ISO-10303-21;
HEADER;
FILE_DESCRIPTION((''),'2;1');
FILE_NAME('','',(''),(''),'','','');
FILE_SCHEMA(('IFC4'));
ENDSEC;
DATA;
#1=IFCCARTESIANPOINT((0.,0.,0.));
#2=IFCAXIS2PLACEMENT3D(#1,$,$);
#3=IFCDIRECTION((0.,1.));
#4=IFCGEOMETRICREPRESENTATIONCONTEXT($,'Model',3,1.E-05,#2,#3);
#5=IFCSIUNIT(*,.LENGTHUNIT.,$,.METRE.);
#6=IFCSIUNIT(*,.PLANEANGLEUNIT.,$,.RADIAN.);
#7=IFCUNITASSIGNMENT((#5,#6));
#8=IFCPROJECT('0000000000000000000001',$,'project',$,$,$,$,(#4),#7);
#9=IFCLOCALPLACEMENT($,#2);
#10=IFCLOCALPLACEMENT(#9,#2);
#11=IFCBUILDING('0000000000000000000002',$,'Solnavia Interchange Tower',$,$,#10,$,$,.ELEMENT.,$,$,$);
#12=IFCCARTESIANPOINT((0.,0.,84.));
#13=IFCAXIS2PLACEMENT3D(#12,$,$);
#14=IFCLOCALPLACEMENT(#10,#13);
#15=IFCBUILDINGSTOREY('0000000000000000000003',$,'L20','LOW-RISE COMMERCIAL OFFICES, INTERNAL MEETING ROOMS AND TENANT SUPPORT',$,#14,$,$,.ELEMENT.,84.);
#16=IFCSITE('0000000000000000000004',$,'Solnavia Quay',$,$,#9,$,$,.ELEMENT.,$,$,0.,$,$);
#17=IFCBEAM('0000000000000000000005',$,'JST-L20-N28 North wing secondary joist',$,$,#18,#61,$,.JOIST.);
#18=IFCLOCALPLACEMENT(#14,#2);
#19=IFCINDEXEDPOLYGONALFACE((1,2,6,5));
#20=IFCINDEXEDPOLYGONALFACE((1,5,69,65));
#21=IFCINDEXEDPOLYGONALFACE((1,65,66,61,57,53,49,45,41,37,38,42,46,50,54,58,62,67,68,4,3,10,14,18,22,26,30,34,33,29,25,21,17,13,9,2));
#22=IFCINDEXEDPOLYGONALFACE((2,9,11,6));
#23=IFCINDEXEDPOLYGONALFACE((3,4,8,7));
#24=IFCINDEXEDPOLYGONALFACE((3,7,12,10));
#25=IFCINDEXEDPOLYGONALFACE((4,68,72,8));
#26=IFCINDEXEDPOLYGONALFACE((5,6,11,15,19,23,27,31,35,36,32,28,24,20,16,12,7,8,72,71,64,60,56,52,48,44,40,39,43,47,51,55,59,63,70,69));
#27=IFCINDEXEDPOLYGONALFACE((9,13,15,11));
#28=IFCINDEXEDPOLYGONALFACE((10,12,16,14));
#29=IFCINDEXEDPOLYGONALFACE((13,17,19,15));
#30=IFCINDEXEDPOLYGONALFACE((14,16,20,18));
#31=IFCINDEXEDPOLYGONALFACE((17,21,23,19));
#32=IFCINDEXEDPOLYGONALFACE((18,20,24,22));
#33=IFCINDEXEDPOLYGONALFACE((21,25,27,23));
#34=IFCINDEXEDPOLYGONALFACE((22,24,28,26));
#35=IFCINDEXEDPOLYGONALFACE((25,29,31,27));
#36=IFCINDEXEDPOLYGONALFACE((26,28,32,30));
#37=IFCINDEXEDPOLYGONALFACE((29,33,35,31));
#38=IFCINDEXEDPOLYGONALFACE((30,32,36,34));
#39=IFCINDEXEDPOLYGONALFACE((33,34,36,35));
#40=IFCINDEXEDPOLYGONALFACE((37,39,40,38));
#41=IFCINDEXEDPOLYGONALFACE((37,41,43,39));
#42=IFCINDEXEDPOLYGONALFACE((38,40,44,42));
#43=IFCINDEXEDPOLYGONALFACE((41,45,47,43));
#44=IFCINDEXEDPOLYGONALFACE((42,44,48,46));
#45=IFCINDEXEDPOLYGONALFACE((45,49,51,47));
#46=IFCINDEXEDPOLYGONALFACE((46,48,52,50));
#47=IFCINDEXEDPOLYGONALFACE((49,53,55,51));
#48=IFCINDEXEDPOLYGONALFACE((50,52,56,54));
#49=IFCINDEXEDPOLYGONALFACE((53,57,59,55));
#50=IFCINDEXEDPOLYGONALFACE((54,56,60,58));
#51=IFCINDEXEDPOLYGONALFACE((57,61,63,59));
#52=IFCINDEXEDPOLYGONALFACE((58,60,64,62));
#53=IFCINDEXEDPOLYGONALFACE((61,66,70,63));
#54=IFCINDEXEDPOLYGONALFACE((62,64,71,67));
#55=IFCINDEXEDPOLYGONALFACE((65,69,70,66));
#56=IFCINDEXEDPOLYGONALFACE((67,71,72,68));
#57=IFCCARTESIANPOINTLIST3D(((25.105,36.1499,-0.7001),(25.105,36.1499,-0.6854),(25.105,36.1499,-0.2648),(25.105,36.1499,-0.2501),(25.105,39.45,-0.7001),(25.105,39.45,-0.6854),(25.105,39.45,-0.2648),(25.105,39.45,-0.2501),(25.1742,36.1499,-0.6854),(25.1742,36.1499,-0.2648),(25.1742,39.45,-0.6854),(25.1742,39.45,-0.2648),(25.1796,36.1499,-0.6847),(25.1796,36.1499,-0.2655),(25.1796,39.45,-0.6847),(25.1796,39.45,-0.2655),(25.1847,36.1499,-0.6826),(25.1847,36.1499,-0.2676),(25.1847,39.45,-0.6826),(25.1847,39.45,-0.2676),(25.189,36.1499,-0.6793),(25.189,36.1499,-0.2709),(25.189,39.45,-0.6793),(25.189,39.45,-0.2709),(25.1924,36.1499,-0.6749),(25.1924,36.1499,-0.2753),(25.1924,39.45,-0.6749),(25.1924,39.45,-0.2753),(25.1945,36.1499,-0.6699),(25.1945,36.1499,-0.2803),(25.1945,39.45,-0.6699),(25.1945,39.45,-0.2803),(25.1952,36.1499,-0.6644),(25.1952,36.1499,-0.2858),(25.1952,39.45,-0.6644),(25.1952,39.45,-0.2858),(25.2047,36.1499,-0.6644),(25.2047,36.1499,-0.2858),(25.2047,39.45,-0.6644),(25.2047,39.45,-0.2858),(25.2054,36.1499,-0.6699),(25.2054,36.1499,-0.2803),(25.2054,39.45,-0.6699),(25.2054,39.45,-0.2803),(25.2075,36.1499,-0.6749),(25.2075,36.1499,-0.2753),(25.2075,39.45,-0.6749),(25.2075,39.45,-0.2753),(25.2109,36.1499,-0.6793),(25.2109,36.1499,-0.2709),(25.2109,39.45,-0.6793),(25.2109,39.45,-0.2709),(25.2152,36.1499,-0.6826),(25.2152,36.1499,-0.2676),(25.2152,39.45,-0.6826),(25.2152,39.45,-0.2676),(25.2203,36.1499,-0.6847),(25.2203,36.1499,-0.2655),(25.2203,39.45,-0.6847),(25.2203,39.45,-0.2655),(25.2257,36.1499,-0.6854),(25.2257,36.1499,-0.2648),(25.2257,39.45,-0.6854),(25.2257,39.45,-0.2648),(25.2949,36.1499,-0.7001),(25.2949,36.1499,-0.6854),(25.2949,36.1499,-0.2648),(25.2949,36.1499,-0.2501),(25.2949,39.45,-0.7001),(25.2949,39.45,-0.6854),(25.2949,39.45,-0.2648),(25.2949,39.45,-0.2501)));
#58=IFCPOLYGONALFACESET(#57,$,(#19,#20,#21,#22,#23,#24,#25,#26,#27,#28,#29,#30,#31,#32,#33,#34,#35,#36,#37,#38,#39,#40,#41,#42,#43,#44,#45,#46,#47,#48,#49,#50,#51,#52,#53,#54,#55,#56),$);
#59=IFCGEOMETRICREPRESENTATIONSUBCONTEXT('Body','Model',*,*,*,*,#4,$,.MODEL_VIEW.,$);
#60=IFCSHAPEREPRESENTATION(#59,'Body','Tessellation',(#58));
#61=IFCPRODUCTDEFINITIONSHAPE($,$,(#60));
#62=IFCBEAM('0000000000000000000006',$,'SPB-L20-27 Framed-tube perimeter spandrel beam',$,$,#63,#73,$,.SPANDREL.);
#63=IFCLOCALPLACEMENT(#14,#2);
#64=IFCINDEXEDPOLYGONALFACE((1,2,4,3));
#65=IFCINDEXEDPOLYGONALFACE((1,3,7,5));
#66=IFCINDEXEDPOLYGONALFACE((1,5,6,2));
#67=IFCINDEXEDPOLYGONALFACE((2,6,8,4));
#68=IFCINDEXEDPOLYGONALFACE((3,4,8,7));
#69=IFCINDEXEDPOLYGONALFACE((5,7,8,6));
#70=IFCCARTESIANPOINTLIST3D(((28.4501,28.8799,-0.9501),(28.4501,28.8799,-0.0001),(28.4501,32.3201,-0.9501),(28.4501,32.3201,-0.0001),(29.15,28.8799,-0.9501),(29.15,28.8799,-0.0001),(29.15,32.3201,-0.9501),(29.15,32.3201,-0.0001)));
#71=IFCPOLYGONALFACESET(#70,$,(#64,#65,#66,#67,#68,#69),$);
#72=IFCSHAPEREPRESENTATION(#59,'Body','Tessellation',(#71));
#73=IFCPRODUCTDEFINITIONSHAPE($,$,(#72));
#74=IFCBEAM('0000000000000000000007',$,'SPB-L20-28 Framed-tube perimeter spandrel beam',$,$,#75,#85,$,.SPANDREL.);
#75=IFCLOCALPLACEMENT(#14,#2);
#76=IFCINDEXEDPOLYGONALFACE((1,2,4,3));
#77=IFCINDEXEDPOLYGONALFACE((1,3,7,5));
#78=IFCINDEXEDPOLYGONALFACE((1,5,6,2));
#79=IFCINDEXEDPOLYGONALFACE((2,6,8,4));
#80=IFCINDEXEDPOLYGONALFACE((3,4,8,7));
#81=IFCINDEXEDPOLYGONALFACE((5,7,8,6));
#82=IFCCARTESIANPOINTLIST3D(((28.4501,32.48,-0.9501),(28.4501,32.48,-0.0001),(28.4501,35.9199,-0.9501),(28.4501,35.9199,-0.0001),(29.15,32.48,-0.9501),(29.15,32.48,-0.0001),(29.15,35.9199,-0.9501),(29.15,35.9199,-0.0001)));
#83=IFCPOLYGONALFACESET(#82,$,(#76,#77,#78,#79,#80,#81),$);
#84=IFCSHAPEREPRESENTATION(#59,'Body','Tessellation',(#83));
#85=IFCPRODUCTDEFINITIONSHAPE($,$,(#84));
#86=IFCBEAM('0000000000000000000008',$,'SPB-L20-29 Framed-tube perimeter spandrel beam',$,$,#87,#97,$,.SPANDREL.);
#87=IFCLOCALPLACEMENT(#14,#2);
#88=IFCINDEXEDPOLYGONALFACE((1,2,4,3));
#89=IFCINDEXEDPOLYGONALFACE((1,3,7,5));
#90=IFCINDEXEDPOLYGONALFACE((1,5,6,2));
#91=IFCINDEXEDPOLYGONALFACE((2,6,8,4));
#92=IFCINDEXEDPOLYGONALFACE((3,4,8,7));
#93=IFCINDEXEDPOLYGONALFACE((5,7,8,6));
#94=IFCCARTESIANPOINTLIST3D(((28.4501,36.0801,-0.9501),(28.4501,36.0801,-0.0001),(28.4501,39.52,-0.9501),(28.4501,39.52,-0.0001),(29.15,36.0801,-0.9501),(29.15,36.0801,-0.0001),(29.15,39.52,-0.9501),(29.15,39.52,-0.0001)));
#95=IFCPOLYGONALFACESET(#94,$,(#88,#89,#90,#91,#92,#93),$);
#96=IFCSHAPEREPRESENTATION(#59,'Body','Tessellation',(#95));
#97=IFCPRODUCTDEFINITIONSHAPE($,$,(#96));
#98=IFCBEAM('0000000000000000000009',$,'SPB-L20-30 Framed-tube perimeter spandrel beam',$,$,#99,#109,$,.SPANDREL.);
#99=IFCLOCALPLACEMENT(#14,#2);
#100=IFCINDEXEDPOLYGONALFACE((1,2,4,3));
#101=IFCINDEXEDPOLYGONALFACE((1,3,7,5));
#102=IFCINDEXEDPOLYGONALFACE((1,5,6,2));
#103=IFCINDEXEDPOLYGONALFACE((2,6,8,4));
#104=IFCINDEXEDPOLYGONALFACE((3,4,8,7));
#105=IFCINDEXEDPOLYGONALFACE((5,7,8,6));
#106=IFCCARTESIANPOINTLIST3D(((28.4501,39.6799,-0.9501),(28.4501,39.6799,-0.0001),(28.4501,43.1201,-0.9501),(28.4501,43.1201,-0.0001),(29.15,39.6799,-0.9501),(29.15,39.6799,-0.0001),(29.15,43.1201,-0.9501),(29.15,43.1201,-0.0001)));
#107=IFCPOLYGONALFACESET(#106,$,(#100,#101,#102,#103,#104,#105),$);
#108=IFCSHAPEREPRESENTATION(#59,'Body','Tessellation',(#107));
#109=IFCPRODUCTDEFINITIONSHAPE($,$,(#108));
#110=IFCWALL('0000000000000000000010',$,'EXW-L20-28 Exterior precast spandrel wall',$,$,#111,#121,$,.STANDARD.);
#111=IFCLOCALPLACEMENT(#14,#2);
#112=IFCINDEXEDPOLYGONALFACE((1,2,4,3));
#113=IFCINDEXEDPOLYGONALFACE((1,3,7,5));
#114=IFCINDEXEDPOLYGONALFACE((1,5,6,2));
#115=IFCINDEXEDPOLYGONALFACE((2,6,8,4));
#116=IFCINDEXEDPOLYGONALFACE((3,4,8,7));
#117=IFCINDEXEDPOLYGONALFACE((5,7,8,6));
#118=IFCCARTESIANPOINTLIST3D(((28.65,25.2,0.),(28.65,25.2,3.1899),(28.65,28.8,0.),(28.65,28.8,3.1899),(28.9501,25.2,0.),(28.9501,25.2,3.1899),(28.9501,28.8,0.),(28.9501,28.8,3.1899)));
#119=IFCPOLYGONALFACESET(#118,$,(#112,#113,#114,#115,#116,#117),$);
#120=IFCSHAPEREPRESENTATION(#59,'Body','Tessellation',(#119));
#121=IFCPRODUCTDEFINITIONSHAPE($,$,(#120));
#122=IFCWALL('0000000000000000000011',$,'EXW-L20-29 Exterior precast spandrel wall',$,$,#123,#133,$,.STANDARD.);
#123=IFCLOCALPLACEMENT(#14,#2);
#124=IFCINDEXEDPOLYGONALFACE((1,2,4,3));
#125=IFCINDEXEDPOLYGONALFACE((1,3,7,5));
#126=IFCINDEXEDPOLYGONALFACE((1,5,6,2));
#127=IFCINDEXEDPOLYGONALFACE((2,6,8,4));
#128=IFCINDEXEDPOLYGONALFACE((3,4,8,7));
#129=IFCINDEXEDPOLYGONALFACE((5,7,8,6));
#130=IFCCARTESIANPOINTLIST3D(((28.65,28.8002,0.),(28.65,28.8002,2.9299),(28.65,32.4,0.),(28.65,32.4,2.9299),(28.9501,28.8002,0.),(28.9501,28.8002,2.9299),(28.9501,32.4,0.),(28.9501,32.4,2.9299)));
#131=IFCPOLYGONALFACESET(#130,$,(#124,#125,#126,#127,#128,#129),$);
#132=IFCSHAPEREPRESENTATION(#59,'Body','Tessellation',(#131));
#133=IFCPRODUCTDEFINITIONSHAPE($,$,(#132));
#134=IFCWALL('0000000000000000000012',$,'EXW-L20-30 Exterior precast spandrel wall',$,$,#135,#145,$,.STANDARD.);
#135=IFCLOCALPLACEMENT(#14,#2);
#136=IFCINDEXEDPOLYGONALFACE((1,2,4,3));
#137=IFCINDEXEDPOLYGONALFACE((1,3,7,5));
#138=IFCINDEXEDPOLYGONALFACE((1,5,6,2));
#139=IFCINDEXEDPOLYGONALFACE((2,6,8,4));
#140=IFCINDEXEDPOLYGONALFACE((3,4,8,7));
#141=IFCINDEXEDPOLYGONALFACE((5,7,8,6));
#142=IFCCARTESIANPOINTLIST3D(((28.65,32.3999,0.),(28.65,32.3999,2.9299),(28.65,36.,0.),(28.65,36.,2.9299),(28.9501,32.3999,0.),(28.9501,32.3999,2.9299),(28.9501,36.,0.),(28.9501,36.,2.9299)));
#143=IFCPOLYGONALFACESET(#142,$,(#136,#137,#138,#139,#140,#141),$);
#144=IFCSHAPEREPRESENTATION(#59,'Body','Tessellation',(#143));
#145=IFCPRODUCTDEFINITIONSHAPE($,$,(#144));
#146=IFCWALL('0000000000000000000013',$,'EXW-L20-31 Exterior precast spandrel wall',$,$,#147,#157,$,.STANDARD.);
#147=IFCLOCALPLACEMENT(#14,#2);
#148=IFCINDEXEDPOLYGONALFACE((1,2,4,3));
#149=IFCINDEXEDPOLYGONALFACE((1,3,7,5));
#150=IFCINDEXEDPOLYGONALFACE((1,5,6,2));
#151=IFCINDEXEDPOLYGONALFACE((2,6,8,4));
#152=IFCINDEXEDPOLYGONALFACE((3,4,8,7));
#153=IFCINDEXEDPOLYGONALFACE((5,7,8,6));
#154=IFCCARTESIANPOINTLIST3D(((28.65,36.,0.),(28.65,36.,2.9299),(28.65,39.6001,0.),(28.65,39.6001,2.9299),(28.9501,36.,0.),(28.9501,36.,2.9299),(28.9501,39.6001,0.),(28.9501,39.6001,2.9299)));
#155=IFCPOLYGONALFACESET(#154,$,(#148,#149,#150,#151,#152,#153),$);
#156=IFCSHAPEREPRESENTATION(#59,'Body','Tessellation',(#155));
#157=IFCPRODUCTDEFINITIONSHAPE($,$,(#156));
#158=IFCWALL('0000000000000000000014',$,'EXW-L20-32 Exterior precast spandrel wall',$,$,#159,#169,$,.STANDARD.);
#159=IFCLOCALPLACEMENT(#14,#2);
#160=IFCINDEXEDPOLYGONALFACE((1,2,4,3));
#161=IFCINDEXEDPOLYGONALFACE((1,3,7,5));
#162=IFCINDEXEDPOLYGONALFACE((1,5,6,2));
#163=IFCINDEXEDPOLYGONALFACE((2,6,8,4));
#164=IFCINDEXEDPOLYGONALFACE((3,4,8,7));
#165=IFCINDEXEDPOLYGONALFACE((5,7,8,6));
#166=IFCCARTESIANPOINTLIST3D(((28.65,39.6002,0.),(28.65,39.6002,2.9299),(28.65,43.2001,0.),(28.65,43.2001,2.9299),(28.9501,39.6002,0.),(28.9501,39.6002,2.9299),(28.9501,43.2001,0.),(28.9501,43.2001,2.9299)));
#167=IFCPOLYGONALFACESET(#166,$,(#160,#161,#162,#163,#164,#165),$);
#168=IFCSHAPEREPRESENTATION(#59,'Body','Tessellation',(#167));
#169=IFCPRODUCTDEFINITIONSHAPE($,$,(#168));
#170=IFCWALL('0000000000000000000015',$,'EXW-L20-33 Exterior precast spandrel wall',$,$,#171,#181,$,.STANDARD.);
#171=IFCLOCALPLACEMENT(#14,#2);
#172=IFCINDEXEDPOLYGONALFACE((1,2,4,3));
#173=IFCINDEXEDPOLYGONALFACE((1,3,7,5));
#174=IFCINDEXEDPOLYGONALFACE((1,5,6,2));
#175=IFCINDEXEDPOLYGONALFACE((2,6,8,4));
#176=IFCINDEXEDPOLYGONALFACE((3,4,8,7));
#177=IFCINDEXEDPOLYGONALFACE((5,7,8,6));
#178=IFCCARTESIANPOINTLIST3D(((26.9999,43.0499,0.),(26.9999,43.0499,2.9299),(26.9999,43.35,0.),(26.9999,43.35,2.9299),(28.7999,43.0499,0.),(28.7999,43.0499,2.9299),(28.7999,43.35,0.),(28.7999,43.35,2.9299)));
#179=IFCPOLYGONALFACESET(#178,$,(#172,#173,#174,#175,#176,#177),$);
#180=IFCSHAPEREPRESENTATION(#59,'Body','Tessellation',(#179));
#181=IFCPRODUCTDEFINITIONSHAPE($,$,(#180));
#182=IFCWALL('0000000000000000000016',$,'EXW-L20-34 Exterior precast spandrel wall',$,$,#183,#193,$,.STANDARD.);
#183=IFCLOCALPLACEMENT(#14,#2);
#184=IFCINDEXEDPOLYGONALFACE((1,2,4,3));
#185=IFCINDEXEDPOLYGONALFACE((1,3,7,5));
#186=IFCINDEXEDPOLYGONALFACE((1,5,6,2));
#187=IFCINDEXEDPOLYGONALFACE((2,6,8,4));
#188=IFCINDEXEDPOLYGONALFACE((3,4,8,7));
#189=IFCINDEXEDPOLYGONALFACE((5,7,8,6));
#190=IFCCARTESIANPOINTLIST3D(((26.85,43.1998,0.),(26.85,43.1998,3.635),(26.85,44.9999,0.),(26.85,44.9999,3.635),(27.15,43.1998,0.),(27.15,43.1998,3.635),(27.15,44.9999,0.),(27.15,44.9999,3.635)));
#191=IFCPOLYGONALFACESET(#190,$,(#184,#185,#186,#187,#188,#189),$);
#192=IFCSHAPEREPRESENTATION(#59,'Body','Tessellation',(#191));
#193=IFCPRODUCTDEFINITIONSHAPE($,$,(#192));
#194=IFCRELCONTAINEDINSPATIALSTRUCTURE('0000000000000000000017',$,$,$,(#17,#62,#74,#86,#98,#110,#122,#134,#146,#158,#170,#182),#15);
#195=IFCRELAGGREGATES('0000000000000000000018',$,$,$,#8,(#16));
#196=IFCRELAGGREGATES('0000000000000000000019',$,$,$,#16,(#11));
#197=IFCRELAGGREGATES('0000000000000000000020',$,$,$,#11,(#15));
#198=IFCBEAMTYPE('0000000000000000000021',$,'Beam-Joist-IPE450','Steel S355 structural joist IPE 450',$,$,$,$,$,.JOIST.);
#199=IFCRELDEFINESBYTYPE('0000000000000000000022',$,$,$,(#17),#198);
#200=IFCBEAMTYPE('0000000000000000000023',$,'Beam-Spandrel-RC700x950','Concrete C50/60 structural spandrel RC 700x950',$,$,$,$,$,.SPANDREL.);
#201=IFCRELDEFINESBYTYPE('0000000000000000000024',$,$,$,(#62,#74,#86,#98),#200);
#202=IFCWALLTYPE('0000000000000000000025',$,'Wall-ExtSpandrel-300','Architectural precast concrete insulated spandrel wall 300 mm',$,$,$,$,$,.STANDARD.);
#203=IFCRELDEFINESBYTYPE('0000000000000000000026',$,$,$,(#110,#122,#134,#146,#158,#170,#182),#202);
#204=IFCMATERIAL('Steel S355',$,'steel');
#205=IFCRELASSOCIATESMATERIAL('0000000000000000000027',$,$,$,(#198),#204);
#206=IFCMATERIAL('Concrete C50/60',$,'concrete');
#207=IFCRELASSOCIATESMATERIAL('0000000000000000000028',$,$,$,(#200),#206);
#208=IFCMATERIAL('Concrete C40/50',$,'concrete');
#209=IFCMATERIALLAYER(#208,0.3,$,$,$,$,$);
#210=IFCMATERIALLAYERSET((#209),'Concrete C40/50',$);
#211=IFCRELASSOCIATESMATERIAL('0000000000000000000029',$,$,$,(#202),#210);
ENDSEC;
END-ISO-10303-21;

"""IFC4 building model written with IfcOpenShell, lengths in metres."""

from ifc_helpers import new_model, si_unit, direction, frame, frame_2d, origin, origin_2d, place, context, subcontext, project, spatial, rectangle, i_section, extrude, material, layer, layer_set, material_profile, profile_set, type_object, element, save


model = new_model("IFC4")

# Units and contexts
model_context = context("Model", 3, precision=1e-05, world=origin(), true_north=direction((0.0, 1.0)))
body_context = subcontext(model_context, "Body", "Model", "MODEL_VIEW")
ifc_project = project(units=[si_unit("LENGTHUNIT", "METRE"), si_unit("PLANEANGLEUNIT", "RADIAN")], contexts=[model_context])

# Site, building, storey
site_placement = place(None, origin())
site = spatial("IfcSite", under=ifc_project, at=site_placement, Name="Solnavia Quay", CompositionType="ELEMENT", RefElevation=0.0)
building_placement = place(site_placement, origin())
building = spatial("IfcBuilding", under=site, at=building_placement, Name="Solnavia Interchange Tower", CompositionType="ELEMENT")
storey_placement = place(building_placement, frame((0.0, 0.0, 84.0)))
storey = spatial("IfcBuildingStorey", under=building, at=storey_placement, Name="L20", Description="LOW-RISE COMMERCIAL OFFICES, INTERNAL MEETING ROOMS AND TENANT SUPPORT", CompositionType="ELEMENT", Elevation=84.0)

# Shared definitions
ifc_material_1 = material(Name="Concrete C50/60", Category="concrete")

# Beams
ifc_material_2 = material(Name="Steel S355", Category="steel")
ifc_material_profile_1 = material_profile(ifc_material_2, i_section(OverallWidth=0.1899, OverallDepth=0.45, WebThickness=0.0095, FlangeThickness=0.0146, FilletRadius=0.021, at=origin_2d()), Name="IPE 450")
ifc_profile_set_1 = profile_set([ifc_material_profile_1], Name="Steel S355")
beam_type_1 = type_object("IfcBeamType", Name="Beam-Joist-IPE450", Description="Steel S355 structural joist IPE 450", PredefinedType="JOIST", material=ifc_profile_set_1)
beam_1_placement = place(storey_placement, frame((25.2, 36.1499, -0.4751), z_axis=(0.0, 1.0, 0.0), x_axis=(-1.0, 0.0, 0.0)))
element("IfcBeam", 1, at=beam_1_placement, inside=storey, type_object=beam_type_1, Name="JST-L20-N28 North wing secondary joist", PredefinedType="JOIST", context=body_context, shape_type="SweptSolid", body=[
    extrude(i_section(OverallWidth=0.1899, OverallDepth=0.45, WebThickness=0.0095, FlangeThickness=0.0146, FilletRadius=0.021, at=origin_2d()), origin(), (0.0, 0.0, 1.0), 3.3),
])
ifc_material_profile_2 = material_profile(ifc_material_1, rectangle(XDim=0.7, YDim=0.95, at=origin_2d()), Name="RC 700x950")
ifc_profile_set_2 = profile_set([ifc_material_profile_2], Name="Concrete C50/60")
beam_type_2 = type_object("IfcBeamType", Name="Beam-Spandrel-RC700x950", Description="Concrete C50/60 structural spandrel RC 700x950", PredefinedType="SPANDREL", material=ifc_profile_set_2)
beam_2_placement = place(storey_placement, frame((28.8, 28.8799, -0.4751), z_axis=(0.0, 1.0, 0.0), x_axis=(-1.0, 0.0, 0.0)))
element("IfcBeam", 2, at=beam_2_placement, inside=storey, type_object=beam_type_2, Name="SPB-L20-27 Framed-tube perimeter spandrel beam", PredefinedType="SPANDREL", context=body_context, shape_type="SweptSolid", body=[
    extrude(rectangle(XDim=0.7, YDim=0.95, at=origin_2d()), origin(), (0.0, 0.0, 1.0), 3.4402),
])
for number, where, z_axis, x_axis, name in (
    (3, (28.8, 32.48, -0.4751), (0.0, 1.0, 0.0), (-1.0, 0.0, 0.0), "SPB-L20-28 Framed-tube perimeter spandrel beam"),
    (4, (28.8, 36.0801, -0.4751), (0.0, 1.0, 0.0), (-1.0, 0.0, 0.0), "SPB-L20-29 Framed-tube perimeter spandrel beam"),
):
    element("IfcBeam", number, at=place(storey_placement, frame(where, z_axis=z_axis, x_axis=x_axis)), inside=storey, type_object=beam_type_2, Name=name, PredefinedType="SPANDREL", context=body_context, shape_type="SweptSolid", body=[
        extrude(rectangle(XDim=0.7, YDim=0.95, at=origin_2d()), origin(), (0.0, 0.0, 1.0), 3.4399),
    ])
beam_3_placement = place(storey_placement, frame((28.8, 39.6799, -0.4751), z_axis=(0.0, 1.0, 0.0), x_axis=(-1.0, 0.0, 0.0)))
element("IfcBeam", 5, at=beam_3_placement, inside=storey, type_object=beam_type_2, Name="SPB-L20-30 Framed-tube perimeter spandrel beam", PredefinedType="SPANDREL", context=body_context, shape_type="SweptSolid", body=[
    extrude(rectangle(XDim=0.7, YDim=0.95, at=origin_2d()), origin(), (0.0, 0.0, 1.0), 3.4402),
])

# Walls
ifc_material_3 = material(Name="Concrete C40/50", Category="concrete")
ifc_layer = layer(ifc_material_3, 0.3)
ifc_layer_set = layer_set([ifc_layer], Name="Concrete C40/50")
wall_type = type_object("IfcWallType", Name="Wall-ExtSpandrel-300", Description="Architectural precast concrete insulated spandrel wall 300 mm", PredefinedType="STANDARD", material=ifc_layer_set)
wall_1_placement = place(storey_placement, frame((28.8, 28.8, 0.0), z_axis=(0.0, 0.0, 1.0), x_axis=(0.0, -1.0, 0.0)))
element("IfcWall", 6, at=wall_1_placement, inside=storey, type_object=wall_type, Name="EXW-L20-28 Exterior precast spandrel wall", PredefinedType="STANDARD", context=body_context, shape_type="SweptSolid", body=[
    extrude(rectangle(XDim=3.6001, YDim=0.3, at=frame_2d((1.8, 0.0))), origin(), (0.0, 0.0, 1.0), 3.1899),
])
wall_2_placement = place(storey_placement, frame((28.8, 32.3999, 0.0), z_axis=(0.0, 0.0, 1.0), x_axis=(0.0, -1.0, 0.0)))
element("IfcWall", 7, at=wall_2_placement, inside=storey, type_object=wall_type, Name="EXW-L20-29 Exterior precast spandrel wall", PredefinedType="STANDARD", context=body_context, shape_type="SweptSolid", body=[
    extrude(rectangle(XDim=3.5999, YDim=0.3, at=frame_2d((1.7998, 0.0))), origin(), (0.0, 0.0, 1.0), 2.9299),
])
for number, where, z_axis, x_axis, name in (
    (8, (28.8, 36.0, 0.0), (0.0, 0.0, 1.0), (0.0, -1.0, 0.0), "EXW-L20-30 Exterior precast spandrel wall"),
    (9, (28.8, 39.6001, 0.0), (0.0, 0.0, 1.0), (0.0, -1.0, 0.0), "EXW-L20-31 Exterior precast spandrel wall"),
):
    element("IfcWall", number, at=place(storey_placement, frame(where, z_axis=z_axis, x_axis=x_axis)), inside=storey, type_object=wall_type, Name=name, PredefinedType="STANDARD", context=body_context, shape_type="SweptSolid", body=[
        extrude(rectangle(XDim=3.6001, YDim=0.3, at=frame_2d((1.8, 0.0))), origin(), (0.0, 0.0, 1.0), 2.9299),
    ])
wall_3_placement = place(storey_placement, frame((28.8, 43.2, 0.0), z_axis=(0.0, 0.0, 1.0), x_axis=(0.0, -1.0, 0.0)))
element("IfcWall", 10, at=wall_3_placement, inside=storey, type_object=wall_type, Name="EXW-L20-32 Exterior precast spandrel wall", PredefinedType="STANDARD", context=body_context, shape_type="SweptSolid", body=[
    extrude(rectangle(XDim=3.5999, YDim=0.3, at=frame_2d((1.7998, 0.0))), origin(), (0.0, 0.0, 1.0), 2.9299),
])
wall_4_placement = place(storey_placement, frame((27.0, 43.2, 0.0), z_axis=(0.0, 0.0, 1.0), x_axis=(1.0, 0.0, 0.0)))
element("IfcWall", 11, at=wall_4_placement, inside=storey, type_object=wall_type, Name="EXW-L20-33 Exterior precast spandrel wall", PredefinedType="STANDARD", context=body_context, shape_type="SweptSolid", body=[
    extrude(rectangle(XDim=1.8, YDim=0.3, at=frame_2d((0.8999, 0.0))), origin(), (0.0, 0.0, 1.0), 2.9299),
])
for number, where, z_axis, x_axis, name in (
    (12, (27.0, 43.2, 0.0), (0.0, 0.0, 1.0), (0.0, 1.0, 0.0), "EXW-L20-34 Exterior precast spandrel wall"),
):
    element("IfcWall", number, at=place(storey_placement, frame(where, z_axis=z_axis, x_axis=x_axis)), inside=storey, type_object=wall_type, Name=name, PredefinedType="STANDARD", context=body_context, shape_type="SweptSolid", body=[
        extrude(rectangle(XDim=1.8, YDim=0.3, at=frame_2d((0.8999, 0.0))), origin(), (0.0, 0.0, 1.0), 3.635),
    ])

save(model, "model.ifc")
